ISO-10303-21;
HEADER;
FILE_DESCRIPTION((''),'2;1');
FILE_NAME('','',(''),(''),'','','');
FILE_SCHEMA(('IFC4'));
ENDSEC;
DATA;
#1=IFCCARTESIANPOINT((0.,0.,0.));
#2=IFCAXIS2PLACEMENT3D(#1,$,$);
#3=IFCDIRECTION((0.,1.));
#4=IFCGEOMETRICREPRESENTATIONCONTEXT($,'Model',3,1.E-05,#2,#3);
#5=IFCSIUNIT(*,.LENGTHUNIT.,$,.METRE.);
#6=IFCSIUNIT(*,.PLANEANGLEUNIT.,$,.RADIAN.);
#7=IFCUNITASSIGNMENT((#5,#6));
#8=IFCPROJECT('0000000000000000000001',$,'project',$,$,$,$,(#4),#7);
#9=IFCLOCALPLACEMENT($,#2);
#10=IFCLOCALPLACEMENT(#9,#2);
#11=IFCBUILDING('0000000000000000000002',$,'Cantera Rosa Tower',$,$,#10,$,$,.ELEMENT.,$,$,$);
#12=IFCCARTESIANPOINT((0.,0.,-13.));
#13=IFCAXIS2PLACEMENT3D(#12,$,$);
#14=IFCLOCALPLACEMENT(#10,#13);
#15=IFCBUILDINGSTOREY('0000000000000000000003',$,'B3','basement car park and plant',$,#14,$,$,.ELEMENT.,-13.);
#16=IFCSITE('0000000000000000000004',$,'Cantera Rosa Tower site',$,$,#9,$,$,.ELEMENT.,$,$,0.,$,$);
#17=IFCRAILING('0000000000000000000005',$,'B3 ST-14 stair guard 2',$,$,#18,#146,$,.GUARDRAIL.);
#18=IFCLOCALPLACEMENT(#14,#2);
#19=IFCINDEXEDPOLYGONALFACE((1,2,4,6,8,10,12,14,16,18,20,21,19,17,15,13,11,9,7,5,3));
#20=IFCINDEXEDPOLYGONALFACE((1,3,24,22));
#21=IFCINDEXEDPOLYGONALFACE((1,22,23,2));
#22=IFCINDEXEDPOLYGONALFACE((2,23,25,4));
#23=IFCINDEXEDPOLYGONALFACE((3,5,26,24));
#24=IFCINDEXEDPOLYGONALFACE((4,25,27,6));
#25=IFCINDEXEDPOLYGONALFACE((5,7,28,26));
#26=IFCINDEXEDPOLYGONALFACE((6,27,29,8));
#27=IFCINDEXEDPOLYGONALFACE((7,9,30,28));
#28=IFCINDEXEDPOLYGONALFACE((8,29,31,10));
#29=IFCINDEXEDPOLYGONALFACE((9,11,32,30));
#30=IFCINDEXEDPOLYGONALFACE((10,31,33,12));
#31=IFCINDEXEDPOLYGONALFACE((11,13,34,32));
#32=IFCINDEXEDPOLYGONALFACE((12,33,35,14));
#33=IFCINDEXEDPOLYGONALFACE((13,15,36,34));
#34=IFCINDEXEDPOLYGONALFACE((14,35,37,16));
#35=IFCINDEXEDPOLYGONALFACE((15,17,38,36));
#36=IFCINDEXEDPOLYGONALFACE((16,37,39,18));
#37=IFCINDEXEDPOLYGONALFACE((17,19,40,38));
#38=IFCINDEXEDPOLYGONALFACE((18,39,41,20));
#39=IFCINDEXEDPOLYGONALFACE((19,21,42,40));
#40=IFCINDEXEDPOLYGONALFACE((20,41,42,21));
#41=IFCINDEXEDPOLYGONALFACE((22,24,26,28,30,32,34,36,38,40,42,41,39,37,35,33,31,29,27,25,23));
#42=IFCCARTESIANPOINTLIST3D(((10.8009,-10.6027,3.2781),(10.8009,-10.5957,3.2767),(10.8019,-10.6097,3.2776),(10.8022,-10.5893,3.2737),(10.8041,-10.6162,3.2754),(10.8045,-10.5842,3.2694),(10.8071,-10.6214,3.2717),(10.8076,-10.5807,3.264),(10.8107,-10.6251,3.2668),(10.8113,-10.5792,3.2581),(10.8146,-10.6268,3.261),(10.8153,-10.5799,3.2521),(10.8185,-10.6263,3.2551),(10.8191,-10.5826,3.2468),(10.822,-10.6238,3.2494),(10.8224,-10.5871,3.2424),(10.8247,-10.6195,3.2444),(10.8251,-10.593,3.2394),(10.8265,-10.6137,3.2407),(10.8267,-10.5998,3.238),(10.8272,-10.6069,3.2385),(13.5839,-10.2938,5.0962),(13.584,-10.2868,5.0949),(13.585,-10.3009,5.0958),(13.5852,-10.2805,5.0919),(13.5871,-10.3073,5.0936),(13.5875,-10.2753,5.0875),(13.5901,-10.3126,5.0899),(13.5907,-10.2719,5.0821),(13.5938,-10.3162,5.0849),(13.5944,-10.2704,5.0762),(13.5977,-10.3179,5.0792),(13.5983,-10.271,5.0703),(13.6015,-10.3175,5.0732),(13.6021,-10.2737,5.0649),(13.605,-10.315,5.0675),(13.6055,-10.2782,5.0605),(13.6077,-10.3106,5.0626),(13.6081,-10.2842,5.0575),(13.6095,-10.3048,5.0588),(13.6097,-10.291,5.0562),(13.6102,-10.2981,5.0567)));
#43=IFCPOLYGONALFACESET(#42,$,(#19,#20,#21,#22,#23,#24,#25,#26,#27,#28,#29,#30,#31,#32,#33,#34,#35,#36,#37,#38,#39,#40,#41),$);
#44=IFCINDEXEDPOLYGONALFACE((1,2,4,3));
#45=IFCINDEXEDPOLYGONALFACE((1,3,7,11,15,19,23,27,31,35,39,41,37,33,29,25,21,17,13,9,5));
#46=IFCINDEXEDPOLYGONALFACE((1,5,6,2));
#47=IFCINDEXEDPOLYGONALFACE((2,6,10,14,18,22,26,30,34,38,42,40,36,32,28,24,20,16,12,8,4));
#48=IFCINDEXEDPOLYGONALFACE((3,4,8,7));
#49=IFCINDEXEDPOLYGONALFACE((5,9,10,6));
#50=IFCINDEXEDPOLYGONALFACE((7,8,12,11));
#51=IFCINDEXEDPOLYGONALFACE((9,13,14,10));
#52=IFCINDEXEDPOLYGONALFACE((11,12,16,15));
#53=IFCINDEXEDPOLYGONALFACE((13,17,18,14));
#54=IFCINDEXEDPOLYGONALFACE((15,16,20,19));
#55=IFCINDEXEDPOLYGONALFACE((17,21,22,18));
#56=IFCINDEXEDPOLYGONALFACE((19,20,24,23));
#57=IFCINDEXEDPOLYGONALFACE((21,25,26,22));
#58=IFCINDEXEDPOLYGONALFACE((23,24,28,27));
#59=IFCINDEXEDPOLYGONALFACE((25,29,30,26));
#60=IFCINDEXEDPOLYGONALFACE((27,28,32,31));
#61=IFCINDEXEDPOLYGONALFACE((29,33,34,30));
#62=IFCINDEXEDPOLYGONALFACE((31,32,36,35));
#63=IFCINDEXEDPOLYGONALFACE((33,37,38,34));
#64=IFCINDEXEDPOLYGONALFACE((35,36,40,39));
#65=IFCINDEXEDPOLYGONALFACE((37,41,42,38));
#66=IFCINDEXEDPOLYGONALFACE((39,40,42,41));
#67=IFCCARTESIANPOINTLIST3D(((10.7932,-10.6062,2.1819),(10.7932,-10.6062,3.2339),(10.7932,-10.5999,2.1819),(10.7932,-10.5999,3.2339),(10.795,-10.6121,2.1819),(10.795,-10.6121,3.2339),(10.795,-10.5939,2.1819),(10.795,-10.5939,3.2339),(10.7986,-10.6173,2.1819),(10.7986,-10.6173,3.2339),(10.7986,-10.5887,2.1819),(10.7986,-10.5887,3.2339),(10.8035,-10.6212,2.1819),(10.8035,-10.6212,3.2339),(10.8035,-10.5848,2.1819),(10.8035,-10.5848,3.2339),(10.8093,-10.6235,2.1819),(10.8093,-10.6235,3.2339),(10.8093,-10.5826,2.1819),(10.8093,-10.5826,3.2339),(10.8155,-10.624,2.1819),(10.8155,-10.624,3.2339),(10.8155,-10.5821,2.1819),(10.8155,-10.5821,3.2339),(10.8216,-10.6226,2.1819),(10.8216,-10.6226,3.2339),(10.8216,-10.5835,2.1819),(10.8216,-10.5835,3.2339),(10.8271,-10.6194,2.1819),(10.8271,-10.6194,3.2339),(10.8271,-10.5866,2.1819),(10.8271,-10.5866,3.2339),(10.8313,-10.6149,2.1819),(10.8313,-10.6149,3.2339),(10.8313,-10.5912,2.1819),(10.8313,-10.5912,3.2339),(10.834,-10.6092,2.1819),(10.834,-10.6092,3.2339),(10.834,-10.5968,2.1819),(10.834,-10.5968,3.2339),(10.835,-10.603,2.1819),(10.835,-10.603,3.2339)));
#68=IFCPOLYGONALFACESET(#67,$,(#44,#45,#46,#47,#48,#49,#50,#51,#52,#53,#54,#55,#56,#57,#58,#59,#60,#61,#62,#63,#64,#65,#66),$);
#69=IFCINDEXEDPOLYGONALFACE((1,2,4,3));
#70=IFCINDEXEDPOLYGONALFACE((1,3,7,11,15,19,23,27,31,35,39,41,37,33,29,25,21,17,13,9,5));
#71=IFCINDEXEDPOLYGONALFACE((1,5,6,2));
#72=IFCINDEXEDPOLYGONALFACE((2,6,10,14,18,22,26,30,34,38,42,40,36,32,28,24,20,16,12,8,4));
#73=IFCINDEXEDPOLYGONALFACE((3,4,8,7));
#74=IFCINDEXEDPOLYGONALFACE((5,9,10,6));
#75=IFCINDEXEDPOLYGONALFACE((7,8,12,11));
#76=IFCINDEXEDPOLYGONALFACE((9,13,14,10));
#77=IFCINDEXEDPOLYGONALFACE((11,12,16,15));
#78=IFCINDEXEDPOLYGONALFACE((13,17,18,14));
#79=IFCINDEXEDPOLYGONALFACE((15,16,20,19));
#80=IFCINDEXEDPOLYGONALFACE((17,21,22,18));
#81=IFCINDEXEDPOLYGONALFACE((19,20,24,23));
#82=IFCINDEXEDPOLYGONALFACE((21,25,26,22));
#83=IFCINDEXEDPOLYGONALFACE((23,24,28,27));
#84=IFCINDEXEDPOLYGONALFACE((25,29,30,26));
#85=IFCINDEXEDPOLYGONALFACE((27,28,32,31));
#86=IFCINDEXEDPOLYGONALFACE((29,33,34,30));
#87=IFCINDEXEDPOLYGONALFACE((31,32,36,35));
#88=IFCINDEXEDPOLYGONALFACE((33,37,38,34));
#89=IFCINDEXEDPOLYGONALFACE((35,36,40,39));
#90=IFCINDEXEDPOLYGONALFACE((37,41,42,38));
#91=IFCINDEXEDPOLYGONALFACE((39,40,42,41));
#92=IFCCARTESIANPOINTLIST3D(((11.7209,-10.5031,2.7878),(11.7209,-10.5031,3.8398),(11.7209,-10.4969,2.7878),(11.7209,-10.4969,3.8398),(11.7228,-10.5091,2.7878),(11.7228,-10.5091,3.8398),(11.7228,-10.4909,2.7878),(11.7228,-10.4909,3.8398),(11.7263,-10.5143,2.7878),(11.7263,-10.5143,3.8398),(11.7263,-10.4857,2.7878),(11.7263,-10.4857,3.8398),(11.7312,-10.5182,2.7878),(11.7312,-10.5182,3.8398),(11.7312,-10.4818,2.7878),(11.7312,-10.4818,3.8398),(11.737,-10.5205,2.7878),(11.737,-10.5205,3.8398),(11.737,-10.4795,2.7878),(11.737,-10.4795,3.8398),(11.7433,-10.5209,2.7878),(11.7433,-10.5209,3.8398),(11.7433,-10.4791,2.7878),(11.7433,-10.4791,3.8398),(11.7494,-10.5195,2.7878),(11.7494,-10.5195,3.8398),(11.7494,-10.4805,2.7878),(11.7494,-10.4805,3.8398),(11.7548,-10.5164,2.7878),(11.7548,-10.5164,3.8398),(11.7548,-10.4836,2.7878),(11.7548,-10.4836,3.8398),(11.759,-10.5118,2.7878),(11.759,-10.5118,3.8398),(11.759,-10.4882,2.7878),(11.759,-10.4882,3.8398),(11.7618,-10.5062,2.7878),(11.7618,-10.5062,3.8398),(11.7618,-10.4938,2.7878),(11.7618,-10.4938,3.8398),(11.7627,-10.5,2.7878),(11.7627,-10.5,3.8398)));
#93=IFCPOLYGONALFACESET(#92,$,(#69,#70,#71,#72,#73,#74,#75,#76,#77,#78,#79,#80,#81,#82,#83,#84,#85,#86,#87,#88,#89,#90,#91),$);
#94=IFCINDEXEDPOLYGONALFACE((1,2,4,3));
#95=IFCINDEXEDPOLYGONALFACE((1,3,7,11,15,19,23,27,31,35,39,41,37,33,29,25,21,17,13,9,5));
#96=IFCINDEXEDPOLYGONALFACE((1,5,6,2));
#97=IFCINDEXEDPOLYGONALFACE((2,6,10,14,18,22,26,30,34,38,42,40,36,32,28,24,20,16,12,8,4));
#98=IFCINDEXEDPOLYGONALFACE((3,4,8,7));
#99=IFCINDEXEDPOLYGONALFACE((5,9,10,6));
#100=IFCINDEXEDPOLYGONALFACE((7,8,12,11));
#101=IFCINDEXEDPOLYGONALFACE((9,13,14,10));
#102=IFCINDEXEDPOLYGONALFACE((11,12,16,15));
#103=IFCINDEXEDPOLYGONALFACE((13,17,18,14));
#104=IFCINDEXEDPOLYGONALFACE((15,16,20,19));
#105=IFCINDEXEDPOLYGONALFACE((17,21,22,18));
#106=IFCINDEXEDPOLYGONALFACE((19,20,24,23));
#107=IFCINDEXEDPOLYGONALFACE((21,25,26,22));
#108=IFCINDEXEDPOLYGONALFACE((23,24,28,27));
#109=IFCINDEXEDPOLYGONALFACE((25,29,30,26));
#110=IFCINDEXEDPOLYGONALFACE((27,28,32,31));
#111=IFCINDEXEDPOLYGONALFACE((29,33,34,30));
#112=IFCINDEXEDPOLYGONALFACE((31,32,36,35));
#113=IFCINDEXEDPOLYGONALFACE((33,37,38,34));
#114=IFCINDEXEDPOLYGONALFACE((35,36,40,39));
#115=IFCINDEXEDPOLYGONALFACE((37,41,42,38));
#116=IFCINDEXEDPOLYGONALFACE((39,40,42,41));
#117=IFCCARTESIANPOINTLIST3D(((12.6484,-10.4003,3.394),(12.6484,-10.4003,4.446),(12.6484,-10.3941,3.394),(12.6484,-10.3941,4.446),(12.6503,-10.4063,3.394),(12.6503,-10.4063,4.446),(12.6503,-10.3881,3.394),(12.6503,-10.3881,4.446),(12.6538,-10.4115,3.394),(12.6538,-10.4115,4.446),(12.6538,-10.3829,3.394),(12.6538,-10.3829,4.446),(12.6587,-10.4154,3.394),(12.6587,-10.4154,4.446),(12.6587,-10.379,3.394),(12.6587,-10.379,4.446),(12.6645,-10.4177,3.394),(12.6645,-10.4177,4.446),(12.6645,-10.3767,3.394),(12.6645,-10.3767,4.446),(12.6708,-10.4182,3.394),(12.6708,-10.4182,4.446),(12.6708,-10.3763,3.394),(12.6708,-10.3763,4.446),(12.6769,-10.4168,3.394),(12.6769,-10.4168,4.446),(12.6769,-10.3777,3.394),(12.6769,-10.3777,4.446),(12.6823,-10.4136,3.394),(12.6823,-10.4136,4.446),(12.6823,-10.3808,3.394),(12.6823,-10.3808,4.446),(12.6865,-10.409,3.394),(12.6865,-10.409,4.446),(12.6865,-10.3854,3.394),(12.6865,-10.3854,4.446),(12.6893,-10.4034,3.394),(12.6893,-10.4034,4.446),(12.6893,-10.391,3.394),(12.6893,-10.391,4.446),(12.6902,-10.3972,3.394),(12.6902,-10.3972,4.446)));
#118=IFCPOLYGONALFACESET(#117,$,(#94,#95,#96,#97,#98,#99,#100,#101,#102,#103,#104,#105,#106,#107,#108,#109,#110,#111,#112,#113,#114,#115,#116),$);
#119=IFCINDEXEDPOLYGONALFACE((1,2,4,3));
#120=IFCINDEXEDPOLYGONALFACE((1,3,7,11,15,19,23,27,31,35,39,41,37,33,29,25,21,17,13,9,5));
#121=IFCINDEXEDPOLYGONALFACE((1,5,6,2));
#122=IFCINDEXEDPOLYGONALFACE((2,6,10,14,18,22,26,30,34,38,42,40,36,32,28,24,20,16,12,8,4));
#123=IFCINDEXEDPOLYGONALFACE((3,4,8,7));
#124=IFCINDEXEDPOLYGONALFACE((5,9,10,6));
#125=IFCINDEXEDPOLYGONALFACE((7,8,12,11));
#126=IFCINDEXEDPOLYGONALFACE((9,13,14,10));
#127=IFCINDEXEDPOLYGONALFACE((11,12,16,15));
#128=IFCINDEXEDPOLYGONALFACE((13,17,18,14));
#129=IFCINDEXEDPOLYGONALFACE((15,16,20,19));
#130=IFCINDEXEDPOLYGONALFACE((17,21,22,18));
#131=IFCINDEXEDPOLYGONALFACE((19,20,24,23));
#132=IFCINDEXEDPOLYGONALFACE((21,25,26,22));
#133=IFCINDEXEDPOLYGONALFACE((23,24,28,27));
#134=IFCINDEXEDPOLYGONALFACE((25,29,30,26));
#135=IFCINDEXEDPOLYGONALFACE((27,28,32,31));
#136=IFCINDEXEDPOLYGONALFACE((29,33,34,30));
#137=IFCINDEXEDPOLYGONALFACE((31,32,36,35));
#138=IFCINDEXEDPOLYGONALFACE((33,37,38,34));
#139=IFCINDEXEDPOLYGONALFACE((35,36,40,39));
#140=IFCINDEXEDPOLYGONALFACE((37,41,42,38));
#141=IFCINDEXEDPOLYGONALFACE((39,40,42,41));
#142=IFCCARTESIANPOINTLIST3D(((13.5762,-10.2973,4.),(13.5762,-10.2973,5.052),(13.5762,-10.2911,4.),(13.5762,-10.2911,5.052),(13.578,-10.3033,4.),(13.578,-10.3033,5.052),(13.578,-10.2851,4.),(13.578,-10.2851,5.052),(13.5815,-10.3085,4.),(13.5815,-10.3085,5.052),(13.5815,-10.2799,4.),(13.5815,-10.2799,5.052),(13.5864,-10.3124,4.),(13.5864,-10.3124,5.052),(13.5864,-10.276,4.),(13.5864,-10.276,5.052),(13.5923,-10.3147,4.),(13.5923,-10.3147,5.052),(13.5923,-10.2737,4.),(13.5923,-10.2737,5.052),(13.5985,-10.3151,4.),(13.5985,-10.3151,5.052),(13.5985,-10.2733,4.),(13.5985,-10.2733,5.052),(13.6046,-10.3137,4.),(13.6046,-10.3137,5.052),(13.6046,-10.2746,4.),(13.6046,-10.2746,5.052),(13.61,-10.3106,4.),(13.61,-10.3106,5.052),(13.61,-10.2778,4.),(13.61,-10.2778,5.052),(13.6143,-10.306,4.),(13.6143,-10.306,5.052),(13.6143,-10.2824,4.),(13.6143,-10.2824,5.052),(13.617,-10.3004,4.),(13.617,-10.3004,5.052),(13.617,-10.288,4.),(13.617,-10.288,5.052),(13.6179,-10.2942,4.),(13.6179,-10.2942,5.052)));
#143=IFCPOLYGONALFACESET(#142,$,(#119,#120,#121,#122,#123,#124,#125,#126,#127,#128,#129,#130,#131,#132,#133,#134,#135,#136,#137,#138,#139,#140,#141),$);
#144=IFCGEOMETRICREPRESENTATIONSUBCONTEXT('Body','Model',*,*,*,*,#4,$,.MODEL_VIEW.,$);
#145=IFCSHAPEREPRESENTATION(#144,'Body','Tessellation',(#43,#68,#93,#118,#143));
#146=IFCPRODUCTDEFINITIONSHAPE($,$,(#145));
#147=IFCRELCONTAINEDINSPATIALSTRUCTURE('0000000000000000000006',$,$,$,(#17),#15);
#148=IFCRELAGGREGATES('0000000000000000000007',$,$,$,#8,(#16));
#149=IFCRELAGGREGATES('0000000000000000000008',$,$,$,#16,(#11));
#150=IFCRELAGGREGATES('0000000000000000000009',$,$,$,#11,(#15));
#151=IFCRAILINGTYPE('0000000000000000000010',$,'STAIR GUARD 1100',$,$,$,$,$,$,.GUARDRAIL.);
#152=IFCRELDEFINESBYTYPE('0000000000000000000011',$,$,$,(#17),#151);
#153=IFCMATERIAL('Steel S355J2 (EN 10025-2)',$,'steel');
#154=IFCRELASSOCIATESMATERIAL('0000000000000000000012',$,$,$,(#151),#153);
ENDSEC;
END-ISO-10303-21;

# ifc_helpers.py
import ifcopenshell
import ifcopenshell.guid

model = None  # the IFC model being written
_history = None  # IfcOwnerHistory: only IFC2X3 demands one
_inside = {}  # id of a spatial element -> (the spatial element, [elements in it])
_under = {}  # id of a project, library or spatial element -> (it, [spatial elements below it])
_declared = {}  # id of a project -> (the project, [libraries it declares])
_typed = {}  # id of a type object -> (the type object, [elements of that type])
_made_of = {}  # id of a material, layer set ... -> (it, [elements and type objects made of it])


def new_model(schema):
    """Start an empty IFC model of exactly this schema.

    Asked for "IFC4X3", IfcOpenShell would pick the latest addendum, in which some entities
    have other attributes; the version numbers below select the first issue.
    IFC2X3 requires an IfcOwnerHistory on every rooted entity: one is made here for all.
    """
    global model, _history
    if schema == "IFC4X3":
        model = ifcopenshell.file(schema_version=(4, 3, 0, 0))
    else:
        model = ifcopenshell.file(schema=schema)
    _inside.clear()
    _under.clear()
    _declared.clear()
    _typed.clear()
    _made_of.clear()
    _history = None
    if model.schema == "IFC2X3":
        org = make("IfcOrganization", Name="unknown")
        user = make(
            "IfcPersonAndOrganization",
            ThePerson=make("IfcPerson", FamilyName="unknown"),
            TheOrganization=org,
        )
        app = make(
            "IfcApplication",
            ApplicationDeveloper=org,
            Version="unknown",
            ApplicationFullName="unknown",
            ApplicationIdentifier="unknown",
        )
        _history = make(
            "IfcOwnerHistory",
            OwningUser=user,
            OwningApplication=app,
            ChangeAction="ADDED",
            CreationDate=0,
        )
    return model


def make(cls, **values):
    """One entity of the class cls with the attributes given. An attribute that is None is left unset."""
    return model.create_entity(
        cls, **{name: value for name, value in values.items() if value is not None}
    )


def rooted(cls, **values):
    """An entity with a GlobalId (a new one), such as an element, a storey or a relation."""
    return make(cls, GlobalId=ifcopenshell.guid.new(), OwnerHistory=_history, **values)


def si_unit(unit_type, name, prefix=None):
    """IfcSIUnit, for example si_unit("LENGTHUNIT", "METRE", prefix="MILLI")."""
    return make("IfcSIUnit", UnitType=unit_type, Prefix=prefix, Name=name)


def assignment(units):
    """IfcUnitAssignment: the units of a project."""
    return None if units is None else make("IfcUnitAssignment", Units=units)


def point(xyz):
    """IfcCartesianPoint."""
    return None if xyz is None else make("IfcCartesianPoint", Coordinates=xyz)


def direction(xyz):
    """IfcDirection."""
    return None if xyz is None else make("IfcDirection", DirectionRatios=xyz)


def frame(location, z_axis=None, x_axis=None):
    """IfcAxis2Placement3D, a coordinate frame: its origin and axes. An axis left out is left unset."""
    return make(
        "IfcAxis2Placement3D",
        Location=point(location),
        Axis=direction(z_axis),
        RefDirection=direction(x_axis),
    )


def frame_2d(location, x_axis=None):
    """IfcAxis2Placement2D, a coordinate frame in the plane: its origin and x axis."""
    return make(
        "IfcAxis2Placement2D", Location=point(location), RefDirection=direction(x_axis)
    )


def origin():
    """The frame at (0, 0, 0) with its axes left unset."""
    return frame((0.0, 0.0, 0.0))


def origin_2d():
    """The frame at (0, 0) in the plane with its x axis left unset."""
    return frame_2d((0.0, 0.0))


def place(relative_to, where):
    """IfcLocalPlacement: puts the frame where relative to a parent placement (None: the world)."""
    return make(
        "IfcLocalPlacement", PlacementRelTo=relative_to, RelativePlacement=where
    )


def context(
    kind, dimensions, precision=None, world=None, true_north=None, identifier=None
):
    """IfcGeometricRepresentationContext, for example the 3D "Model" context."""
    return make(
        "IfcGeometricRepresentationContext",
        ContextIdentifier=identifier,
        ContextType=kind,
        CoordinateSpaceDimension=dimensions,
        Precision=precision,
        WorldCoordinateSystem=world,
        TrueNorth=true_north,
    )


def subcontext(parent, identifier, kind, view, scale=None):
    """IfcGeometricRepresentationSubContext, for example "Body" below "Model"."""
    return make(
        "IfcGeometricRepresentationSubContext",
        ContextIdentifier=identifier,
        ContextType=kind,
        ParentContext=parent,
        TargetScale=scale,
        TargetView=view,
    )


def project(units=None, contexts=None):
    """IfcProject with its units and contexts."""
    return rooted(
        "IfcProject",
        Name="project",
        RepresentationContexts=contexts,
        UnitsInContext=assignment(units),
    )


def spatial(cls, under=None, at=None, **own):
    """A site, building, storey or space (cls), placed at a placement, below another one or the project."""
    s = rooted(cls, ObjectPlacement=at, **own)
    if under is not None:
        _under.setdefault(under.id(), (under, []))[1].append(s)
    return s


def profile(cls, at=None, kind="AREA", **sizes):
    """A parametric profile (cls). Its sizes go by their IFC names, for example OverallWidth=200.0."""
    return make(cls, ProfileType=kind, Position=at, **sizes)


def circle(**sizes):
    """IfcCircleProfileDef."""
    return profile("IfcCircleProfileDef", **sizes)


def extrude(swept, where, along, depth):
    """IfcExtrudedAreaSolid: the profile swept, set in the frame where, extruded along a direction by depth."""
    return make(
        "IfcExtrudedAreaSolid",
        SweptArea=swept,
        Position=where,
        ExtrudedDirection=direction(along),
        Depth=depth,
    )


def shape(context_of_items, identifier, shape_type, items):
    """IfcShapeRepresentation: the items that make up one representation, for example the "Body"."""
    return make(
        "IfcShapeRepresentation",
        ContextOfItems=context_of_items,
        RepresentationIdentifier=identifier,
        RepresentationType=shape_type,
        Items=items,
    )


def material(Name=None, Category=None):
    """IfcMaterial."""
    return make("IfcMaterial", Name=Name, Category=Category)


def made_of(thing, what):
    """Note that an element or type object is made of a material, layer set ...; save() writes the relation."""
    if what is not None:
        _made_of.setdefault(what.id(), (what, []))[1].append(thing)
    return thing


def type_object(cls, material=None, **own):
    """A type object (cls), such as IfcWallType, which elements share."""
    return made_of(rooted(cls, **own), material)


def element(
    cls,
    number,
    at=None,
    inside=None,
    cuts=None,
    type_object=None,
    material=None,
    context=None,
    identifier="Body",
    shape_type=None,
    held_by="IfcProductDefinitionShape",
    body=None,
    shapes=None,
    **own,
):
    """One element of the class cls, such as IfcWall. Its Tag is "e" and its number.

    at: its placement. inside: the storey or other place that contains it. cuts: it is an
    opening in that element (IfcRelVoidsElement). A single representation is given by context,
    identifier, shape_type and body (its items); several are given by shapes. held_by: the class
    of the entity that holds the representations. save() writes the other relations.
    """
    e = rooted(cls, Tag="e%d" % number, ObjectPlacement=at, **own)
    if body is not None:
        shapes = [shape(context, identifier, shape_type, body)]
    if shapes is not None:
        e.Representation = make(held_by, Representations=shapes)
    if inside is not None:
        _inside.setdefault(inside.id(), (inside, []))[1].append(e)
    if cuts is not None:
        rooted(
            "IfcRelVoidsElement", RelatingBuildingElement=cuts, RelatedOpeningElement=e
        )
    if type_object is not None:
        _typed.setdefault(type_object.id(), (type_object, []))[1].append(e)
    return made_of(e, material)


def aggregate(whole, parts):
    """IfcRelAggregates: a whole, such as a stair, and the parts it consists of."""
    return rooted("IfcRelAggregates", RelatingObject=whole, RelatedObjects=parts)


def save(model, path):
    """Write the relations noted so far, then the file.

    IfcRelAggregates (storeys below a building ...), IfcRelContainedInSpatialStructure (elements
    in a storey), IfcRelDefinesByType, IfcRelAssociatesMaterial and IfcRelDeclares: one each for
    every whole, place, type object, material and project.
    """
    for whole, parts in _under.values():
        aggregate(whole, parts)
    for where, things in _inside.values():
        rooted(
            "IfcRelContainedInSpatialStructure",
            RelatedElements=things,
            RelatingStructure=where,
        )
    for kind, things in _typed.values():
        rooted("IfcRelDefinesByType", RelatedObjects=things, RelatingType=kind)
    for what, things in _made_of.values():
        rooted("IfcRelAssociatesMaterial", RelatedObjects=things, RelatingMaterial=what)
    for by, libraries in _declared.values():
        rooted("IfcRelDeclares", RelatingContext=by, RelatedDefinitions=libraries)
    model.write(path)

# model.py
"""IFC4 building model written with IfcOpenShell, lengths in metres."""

from ifc_helpers import new_model, si_unit, direction, frame, origin, origin_2d, place, context, subcontext, project, spatial, circle, extrude, material, type_object, element, save


model = new_model("IFC4")

# Units and contexts
model_context = context("Model", 3, precision=1e-05, world=origin(), true_north=direction((0.0, 1.0)))
body_context = subcontext(model_context, "Body", "Model", "MODEL_VIEW")
ifc_project = project(units=[si_unit("LENGTHUNIT", "METRE"), si_unit("PLANEANGLEUNIT", "RADIAN")], contexts=[model_context])

# Site, building, storey
site_placement = place(None, origin())
site = spatial("IfcSite", under=ifc_project, at=site_placement, Name="Cantera Rosa Tower site", CompositionType="ELEMENT", RefElevation=0.0)
building_placement = place(site_placement, origin())
building = spatial("IfcBuilding", under=site, at=building_placement, Name="Cantera Rosa Tower", CompositionType="ELEMENT")
storey_placement = place(building_placement, frame((0.0, 0.0, -13.0)))
storey = spatial("IfcBuildingStorey", under=building, at=storey_placement, Name="B3", Description="basement car park and plant", CompositionType="ELEMENT", Elevation=-13.0)

# Railing
ifc_material_1 = material(Name="Steel S355J2 (EN 10025-2)", Category="steel")
railing_type_1 = type_object("IfcRailingType", Name="STAIR GUARD 1100", PredefinedType="GUARDRAIL", material=ifc_material_1)
railing_1_placement = place(storey_placement, frame((10.814, -10.603, 2.1819)))
element("IfcRailing", 1, at=railing_1_placement, inside=storey, type_object=railing_type_1, Name="B3 ST-14 stair guard 2", PredefinedType="GUARDRAIL", context=body_context, shape_type="SweptSolid", body=[
    extrude(circle(Radius=0.0239, at=origin_2d()), frame((0.0, 0.0, 1.0762), z_axis=(0.833588, 0.092507, 0.544586), x_axis=(-0.110298, 0.993899, 0.0)), (0.0, 0.0, 1.0), 3.3386),
    extrude(circle(Radius=0.021, at=origin_2d()), origin(), (0.0, 0.0, 1.0), 1.052),
    extrude(circle(Radius=0.021, at=origin_2d()), frame((0.9277, 0.103, 0.606)), (0.0, 0.0, 1.0), 1.052),
    extrude(circle(Radius=0.021, at=origin_2d()), frame((1.8552, 0.2058, 1.2122)), (0.0, 0.0, 1.0), 1.052),
    extrude(circle(Radius=0.021, at=origin_2d()), frame((2.783, 0.3088, 1.8181)), (0.0, 0.0, 1.0), 1.052),
])

save(model, "model.ifc")
